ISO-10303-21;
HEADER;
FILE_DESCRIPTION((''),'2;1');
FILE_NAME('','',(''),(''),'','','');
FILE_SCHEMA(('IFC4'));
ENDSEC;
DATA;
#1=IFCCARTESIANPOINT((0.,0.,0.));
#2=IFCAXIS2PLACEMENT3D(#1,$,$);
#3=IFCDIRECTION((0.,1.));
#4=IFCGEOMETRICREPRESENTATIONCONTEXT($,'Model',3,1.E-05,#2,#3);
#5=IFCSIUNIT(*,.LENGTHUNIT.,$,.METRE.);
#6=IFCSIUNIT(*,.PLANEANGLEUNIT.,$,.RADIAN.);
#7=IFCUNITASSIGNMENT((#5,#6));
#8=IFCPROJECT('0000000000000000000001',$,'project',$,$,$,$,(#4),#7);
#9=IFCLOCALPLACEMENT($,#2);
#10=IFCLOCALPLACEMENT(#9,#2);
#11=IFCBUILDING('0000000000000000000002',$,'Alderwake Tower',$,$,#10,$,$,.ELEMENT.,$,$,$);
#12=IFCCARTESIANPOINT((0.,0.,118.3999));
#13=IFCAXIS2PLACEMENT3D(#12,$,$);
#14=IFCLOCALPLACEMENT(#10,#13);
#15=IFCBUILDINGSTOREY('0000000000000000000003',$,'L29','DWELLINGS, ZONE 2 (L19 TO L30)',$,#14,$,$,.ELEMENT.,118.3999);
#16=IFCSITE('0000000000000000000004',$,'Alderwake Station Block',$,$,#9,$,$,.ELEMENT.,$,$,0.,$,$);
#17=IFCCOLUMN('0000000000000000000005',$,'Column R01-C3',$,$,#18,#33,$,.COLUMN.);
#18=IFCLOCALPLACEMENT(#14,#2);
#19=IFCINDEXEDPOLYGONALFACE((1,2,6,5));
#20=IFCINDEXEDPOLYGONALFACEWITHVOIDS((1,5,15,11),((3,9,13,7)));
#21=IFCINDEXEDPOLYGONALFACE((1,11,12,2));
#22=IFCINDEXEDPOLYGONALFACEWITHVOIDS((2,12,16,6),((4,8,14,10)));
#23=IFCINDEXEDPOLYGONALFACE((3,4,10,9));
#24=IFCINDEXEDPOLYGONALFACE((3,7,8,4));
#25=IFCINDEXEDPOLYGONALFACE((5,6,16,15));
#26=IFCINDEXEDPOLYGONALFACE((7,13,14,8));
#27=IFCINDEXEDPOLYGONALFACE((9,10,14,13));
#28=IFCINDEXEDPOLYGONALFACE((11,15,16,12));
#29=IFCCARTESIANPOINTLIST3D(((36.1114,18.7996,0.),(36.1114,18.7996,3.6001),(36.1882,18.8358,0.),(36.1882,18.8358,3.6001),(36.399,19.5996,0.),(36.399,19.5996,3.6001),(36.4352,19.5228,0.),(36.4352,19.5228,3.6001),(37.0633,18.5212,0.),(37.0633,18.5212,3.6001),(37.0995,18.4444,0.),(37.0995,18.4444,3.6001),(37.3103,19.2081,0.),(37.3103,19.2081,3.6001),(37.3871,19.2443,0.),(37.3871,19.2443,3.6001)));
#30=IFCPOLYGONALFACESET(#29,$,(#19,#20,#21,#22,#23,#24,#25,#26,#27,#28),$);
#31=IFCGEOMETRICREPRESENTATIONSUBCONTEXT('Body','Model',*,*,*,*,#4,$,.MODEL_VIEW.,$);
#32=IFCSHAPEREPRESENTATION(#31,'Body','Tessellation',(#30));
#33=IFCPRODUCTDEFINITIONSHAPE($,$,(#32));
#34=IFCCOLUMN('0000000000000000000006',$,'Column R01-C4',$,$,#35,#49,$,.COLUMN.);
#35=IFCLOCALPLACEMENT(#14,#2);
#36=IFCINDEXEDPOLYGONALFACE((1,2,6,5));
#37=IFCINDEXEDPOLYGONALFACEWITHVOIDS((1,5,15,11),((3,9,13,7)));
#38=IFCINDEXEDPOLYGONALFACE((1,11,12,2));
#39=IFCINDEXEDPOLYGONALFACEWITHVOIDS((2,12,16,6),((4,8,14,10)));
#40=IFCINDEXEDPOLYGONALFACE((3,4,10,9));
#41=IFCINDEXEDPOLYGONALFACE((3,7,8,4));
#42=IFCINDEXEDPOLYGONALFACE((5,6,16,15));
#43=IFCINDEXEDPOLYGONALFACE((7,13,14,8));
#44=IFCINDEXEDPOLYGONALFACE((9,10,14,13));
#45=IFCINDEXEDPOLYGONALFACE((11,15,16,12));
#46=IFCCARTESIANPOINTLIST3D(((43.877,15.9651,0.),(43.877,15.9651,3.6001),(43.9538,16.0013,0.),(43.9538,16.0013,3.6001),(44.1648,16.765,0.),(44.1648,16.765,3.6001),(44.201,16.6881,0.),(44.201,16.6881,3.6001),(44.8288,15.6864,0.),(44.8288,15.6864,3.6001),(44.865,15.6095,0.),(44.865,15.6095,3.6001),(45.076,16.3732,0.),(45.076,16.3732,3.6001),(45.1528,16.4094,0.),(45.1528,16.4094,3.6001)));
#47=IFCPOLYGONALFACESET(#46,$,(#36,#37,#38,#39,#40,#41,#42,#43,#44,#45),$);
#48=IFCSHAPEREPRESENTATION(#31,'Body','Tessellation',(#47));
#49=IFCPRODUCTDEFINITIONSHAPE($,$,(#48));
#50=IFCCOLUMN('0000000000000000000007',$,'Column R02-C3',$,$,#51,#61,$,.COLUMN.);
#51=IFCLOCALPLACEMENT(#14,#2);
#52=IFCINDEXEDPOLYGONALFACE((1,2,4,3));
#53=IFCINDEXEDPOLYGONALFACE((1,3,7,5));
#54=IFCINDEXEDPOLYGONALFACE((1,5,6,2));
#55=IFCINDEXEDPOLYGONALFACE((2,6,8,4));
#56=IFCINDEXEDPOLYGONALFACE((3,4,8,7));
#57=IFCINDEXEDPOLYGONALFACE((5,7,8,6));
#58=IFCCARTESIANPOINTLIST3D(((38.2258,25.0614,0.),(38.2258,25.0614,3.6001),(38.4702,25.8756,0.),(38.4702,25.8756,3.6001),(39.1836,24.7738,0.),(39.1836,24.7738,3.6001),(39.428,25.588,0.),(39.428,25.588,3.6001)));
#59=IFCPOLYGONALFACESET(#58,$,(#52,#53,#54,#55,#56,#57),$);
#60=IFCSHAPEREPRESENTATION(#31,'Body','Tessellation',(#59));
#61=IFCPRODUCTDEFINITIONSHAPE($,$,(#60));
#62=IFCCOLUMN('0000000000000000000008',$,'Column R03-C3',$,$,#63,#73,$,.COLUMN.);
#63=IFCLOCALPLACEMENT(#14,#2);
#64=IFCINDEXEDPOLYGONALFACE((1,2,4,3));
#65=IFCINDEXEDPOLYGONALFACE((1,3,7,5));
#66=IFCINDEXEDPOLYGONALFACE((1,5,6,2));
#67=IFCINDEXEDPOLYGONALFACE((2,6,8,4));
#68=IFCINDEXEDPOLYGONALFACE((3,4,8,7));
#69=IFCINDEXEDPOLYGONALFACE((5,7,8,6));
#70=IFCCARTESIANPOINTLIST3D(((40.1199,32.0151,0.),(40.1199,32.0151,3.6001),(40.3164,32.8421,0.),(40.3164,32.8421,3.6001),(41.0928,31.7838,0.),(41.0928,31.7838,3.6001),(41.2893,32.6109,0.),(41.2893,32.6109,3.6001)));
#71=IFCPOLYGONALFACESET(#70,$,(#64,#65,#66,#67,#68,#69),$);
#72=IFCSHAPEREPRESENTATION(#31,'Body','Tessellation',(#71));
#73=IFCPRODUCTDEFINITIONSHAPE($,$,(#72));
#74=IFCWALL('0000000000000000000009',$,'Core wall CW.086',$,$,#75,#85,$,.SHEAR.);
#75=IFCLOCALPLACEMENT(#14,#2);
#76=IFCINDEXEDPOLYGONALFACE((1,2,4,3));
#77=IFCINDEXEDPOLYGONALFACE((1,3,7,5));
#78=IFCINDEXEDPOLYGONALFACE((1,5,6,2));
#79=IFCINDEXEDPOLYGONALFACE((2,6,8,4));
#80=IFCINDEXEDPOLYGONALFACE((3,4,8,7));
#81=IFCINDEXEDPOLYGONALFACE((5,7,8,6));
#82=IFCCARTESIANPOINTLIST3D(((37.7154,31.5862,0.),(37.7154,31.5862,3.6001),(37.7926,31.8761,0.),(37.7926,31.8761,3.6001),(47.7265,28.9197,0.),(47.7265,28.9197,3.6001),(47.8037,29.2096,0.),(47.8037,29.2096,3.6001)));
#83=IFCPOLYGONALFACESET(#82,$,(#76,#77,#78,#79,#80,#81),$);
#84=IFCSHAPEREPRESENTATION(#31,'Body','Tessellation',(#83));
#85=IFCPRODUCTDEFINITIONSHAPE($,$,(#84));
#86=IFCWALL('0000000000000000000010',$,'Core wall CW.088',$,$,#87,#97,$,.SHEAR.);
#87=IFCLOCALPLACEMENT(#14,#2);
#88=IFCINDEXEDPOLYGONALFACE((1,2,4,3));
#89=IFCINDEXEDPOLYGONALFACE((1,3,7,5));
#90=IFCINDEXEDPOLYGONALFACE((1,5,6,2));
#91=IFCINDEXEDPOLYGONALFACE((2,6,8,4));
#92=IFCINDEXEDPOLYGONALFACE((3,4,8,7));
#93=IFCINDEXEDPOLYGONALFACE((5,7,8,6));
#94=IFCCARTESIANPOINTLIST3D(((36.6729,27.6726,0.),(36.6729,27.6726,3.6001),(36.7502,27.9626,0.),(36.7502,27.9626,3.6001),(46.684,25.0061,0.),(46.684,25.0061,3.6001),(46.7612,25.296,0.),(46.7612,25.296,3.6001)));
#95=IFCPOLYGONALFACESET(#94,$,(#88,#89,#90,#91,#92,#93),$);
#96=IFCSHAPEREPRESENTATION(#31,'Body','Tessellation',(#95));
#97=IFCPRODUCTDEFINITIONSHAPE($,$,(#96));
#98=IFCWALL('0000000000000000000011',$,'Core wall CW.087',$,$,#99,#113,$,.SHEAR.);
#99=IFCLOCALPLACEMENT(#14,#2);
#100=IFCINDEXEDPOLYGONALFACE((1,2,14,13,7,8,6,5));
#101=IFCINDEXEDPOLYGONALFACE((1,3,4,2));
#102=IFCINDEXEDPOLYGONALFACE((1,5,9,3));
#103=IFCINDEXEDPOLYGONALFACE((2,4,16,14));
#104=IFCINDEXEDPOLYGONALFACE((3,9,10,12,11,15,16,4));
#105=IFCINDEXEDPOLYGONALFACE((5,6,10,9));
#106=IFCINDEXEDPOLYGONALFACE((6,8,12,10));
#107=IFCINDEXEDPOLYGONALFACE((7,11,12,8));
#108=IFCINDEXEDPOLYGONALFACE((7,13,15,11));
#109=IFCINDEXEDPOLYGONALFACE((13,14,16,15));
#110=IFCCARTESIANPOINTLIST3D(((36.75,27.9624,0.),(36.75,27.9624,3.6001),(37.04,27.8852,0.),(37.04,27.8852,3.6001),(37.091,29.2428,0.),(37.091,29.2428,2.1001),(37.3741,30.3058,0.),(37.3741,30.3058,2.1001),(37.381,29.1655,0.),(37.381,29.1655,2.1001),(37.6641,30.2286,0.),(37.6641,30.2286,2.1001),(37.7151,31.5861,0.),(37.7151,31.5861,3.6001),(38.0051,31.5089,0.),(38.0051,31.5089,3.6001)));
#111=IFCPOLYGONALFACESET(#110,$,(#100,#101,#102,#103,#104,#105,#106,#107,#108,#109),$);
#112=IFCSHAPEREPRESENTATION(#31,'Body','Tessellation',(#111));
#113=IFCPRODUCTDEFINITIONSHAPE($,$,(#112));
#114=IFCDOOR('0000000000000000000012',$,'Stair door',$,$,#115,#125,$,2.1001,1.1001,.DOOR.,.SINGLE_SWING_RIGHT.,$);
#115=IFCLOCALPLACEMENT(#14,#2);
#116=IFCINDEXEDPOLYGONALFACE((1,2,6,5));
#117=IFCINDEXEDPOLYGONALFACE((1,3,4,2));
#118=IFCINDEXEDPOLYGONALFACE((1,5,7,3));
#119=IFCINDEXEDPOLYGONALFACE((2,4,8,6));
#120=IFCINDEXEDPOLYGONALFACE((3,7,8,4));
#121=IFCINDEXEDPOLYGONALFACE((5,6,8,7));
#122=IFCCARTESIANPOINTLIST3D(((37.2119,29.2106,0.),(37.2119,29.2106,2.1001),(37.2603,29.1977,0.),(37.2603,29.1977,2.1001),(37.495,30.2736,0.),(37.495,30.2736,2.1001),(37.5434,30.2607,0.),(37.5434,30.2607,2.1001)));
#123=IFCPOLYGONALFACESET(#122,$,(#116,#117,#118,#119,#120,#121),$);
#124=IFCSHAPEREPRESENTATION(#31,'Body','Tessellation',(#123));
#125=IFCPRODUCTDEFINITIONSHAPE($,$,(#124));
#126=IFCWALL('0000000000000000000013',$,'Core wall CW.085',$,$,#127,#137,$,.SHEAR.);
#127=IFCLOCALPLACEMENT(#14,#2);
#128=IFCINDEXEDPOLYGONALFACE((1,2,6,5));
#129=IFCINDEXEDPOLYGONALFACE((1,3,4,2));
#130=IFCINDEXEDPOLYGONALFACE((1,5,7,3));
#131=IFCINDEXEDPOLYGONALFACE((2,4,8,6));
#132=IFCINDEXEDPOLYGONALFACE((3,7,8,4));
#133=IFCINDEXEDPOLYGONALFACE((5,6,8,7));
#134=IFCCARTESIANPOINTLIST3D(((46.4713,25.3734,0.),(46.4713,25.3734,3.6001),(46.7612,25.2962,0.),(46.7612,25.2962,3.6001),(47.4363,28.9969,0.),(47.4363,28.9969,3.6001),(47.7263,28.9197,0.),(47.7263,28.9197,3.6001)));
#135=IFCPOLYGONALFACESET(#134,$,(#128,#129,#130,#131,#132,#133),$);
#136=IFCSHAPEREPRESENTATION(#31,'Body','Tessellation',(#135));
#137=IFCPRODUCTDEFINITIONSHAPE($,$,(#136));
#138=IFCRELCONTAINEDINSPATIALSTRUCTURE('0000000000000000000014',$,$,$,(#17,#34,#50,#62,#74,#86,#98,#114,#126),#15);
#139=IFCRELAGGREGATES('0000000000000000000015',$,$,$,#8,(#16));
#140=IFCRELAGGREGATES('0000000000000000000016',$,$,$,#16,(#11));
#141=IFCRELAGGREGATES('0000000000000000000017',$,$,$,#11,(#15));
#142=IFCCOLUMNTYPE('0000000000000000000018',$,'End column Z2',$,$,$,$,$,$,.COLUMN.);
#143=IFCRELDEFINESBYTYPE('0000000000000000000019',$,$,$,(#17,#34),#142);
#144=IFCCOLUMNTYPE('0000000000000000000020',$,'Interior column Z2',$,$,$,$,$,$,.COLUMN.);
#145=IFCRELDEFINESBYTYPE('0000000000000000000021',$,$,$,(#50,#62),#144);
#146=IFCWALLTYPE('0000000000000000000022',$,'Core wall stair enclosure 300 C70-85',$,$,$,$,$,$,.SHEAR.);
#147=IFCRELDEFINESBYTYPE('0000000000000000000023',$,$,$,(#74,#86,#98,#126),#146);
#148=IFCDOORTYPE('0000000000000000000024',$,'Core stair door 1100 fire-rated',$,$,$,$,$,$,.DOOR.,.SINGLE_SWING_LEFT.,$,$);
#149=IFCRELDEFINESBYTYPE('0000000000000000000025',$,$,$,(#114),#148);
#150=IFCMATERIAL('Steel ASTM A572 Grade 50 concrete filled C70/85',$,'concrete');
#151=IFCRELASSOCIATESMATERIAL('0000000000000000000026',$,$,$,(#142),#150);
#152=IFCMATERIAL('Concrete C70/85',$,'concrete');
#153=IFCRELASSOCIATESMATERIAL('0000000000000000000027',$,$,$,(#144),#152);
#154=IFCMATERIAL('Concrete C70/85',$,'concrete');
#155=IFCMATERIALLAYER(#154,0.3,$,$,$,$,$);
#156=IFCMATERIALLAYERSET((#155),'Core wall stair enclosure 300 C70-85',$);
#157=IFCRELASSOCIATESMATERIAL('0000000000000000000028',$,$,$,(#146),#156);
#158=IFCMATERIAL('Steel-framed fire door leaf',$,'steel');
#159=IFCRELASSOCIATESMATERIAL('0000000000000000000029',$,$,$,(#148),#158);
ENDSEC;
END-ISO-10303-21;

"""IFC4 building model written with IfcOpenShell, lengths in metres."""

from ifc_helpers import new_model, si_unit, direction, frame, frame_2d, origin, origin_2d, place, context, subcontext, project, spatial, rectangle, hollow_rectangle, extrude, material, layer, layer_set, material_profile, profile_set, type_object, element, fill, save


model = new_model("IFC4")

# Units and contexts
model_context = context("Model", 3, precision=1e-05, world=origin(), true_north=direction((0.0, 1.0)))
body_context = subcontext(model_context, "Body", "Model", "MODEL_VIEW")
ifc_project = project(units=[si_unit("LENGTHUNIT", "METRE"), si_unit("PLANEANGLEUNIT", "RADIAN")], contexts=[model_context])

# Site, building, storey
site_placement = place(None, origin())
site = spatial("IfcSite", under=ifc_project, at=site_placement, Name="Alderwake Station Block", CompositionType="ELEMENT", RefElevation=0.0)
building_placement = place(site_placement, origin())
building = spatial("IfcBuilding", under=site, at=building_placement, Name="Alderwake Tower", CompositionType="ELEMENT")
storey_placement = place(building_placement, frame((0.0, 0.0, 118.3999)))
storey = spatial("IfcBuildingStorey", under=building, at=storey_placement, Name="L29", Description="DWELLINGS, ZONE 2 (L19 TO L30)", CompositionType="ELEMENT", Elevation=118.3999)

# Columns
ifc_material_1 = material(Name="Steel ASTM A572 Grade 50 concrete filled C70/85", Category="concrete")
ifc_material_profile_1 = material_profile(ifc_material_1, hollow_rectangle(XDim=0.8501, YDim=1.05, WallThickness=0.0601, at=origin_2d()), Name="BOX 1050X850X60")
ifc_profile_set_1 = profile_set([ifc_material_profile_1], Name="Steel ASTM A572 Grade 50 concrete filled C70/85")
column_type_1 = type_object("IfcColumnType", Name="End column Z2", PredefinedType="COLUMN", material=ifc_profile_set_1)
for number, where, z_axis, x_axis, name in (
    (1, (36.7493, 19.022, 0.0), (0.0, 0.0, 1.0), (0.338352, 0.94102, 0.0), "Column R01-C3"),
    (2, (44.5149, 16.1873, 0.0), (0.0, 0.0, 1.0), (0.338634, 0.940918, 0.0), "Column R01-C4"),
):
    element("IfcColumn", number, at=place(storey_placement, frame(where, z_axis=z_axis, x_axis=x_axis)), inside=storey, type_object=column_type_1, Name=name, PredefinedType="COLUMN", context=body_context, shape_type="SweptSolid", body=[
        extrude(hollow_rectangle(XDim=0.8501, YDim=1.05, WallThickness=0.0601, at=origin_2d()), origin(), (0.0, 0.0, 1.0), 3.6001),
    ])
ifc_material_2 = material(Name="Concrete C70/85", Category="concrete")
ifc_material_profile_2 = material_profile(ifc_material_2, rectangle(XDim=0.8501, YDim=1.0, at=origin_2d()), Name="RC 1000X850")
ifc_profile_set_2 = profile_set([ifc_material_profile_2], Name="Concrete C70/85")
column_type_2 = type_object("IfcColumnType", Name="Interior column Z2", PredefinedType="COLUMN", material=ifc_profile_set_2)
for number, where, z_axis, x_axis, name in (
    (3, (38.8269, 25.3247, 0.0), (0.0, 0.0, 1.0), (0.287548, 0.957766, 0.0), "Column R02-C3"),
    (4, (40.7046, 32.313, 0.0), (0.0, 0.0, 1.0), (0.231222, 0.972901, 0.0), "Column R03-C3"),
):
    element("IfcColumn", number, at=place(storey_placement, frame(where, z_axis=z_axis, x_axis=x_axis)), inside=storey, type_object=column_type_2, Name=name, PredefinedType="COLUMN", context=body_context, shape_type="SweptSolid", body=[
        extrude(rectangle(XDim=0.8501, YDim=1.0, at=origin_2d()), origin(), (0.0, 0.0, 1.0), 3.6001),
    ])

# Walls
ifc_material_3 = material(Name="Concrete C70/85", Category="concrete")
ifc_layer_1 = layer(ifc_material_3, 0.3)
ifc_layer_set_1 = layer_set([ifc_layer_1], Name="Core wall stair enclosure 300 C70-85")
wall_type_1 = type_object("IfcWallType", Name="Core wall stair enclosure 300 C70-85", PredefinedType="SHEAR", material=ifc_layer_set_1)
for number, where, z_axis, x_axis, name in (
    (5, (37.7539, 31.7312, 0.0), (0.0, 0.0, 1.0), (0.966309, -0.257384, 0.0), "Core wall CW.086"),
    (6, (36.7114, 27.8176, 0.0), (0.0, 0.0, 1.0), (0.966309, -0.257384, 0.0), "Core wall CW.088"),
):
    element("IfcWall", number, at=place(storey_placement, frame(where, z_axis=z_axis, x_axis=x_axis)), inside=storey, type_object=wall_type_1, Name=name, PredefinedType="SHEAR", context=body_context, shape_type="SweptSolid", body=[
        extrude(rectangle(XDim=10.3601, YDim=0.3, at=frame_2d((5.1802, 0.0))), origin(), (0.0, 0.0, 1.0), 3.6001),
    ])

# Wall, opening, door
wall_1_placement = place(storey_placement, frame((36.895, 27.9238, 0.0), z_axis=(0.0, 0.0, 1.0), x_axis=(0.257351, 0.966318, 0.0)))
wall_1 = element("IfcWall", 7, at=wall_1_placement, inside=storey, type_object=wall_type_1, Name="Core wall CW.087", PredefinedType="SHEAR", context=body_context, shape_type="SweptSolid", body=[
    extrude(rectangle(XDim=3.75, YDim=0.3, at=frame_2d((1.875, 0.0))), origin(), (0.0, 0.0, 1.0), 3.6001),
])
opening_1_placement = place(wall_1_placement, frame((1.325, 0.0, 0.0)))
opening_1 = element("IfcOpeningElement", 8, at=opening_1_placement, cuts=wall_1, PredefinedType="OPENING", context=body_context, shape_type="SweptSolid", body=[
    extrude(rectangle(XDim=1.1001, YDim=2.1001, at=frame_2d((0.55, 1.05))), frame((0.0, 0.1599, 0.0), z_axis=(0.0, -1.0, 0.0), x_axis=(1.0, 0.0, 0.0)), (0.0, 0.0, 1.0), 0.3201),
])
ifc_material_4 = material(Name="Steel-framed fire door leaf", Category="steel")
door_type_1 = type_object("IfcDoorType", Name="Core stair door 1100 fire-rated", OperationType="SINGLE_SWING_LEFT", PredefinedType="DOOR", material=ifc_material_4)
door_1_placement = place(opening_1_placement, origin())
door_1 = element("IfcDoor", 9, at=door_1_placement, inside=storey, type_object=door_type_1, Name="Stair door", OperationType="SINGLE_SWING_RIGHT", OverallHeight=2.1001, OverallWidth=1.1001, PredefinedType="DOOR", context=body_context, shape_type="SweptSolid", body=[
    extrude(rectangle(XDim=1.1001, YDim=2.1001, at=frame_2d((0.55, 1.05))), frame((0.0, 0.0249, 0.0), z_axis=(0.0, -1.0, 0.0), x_axis=(1.0, 0.0, 0.0)), (0.0, 0.0, 1.0), 0.05),
])
fill(opening_1, door_1)

# Wall
wall_2_placement = place(storey_placement, frame((46.6162, 25.3347, 0.0), z_axis=(0.0, 0.0, 1.0), x_axis=(0.257367, 0.966314, 0.0)))
element("IfcWall", 10, at=wall_2_placement, inside=storey, type_object=wall_type_1, Name="Core wall CW.085", PredefinedType="SHEAR", context=body_context, shape_type="SweptSolid", body=[
    extrude(rectangle(XDim=3.7498, YDim=0.3, at=frame_2d((1.875, 0.0))), origin(), (0.0, 0.0, 1.0), 3.6001),
])

save(model, "model.ifc")
